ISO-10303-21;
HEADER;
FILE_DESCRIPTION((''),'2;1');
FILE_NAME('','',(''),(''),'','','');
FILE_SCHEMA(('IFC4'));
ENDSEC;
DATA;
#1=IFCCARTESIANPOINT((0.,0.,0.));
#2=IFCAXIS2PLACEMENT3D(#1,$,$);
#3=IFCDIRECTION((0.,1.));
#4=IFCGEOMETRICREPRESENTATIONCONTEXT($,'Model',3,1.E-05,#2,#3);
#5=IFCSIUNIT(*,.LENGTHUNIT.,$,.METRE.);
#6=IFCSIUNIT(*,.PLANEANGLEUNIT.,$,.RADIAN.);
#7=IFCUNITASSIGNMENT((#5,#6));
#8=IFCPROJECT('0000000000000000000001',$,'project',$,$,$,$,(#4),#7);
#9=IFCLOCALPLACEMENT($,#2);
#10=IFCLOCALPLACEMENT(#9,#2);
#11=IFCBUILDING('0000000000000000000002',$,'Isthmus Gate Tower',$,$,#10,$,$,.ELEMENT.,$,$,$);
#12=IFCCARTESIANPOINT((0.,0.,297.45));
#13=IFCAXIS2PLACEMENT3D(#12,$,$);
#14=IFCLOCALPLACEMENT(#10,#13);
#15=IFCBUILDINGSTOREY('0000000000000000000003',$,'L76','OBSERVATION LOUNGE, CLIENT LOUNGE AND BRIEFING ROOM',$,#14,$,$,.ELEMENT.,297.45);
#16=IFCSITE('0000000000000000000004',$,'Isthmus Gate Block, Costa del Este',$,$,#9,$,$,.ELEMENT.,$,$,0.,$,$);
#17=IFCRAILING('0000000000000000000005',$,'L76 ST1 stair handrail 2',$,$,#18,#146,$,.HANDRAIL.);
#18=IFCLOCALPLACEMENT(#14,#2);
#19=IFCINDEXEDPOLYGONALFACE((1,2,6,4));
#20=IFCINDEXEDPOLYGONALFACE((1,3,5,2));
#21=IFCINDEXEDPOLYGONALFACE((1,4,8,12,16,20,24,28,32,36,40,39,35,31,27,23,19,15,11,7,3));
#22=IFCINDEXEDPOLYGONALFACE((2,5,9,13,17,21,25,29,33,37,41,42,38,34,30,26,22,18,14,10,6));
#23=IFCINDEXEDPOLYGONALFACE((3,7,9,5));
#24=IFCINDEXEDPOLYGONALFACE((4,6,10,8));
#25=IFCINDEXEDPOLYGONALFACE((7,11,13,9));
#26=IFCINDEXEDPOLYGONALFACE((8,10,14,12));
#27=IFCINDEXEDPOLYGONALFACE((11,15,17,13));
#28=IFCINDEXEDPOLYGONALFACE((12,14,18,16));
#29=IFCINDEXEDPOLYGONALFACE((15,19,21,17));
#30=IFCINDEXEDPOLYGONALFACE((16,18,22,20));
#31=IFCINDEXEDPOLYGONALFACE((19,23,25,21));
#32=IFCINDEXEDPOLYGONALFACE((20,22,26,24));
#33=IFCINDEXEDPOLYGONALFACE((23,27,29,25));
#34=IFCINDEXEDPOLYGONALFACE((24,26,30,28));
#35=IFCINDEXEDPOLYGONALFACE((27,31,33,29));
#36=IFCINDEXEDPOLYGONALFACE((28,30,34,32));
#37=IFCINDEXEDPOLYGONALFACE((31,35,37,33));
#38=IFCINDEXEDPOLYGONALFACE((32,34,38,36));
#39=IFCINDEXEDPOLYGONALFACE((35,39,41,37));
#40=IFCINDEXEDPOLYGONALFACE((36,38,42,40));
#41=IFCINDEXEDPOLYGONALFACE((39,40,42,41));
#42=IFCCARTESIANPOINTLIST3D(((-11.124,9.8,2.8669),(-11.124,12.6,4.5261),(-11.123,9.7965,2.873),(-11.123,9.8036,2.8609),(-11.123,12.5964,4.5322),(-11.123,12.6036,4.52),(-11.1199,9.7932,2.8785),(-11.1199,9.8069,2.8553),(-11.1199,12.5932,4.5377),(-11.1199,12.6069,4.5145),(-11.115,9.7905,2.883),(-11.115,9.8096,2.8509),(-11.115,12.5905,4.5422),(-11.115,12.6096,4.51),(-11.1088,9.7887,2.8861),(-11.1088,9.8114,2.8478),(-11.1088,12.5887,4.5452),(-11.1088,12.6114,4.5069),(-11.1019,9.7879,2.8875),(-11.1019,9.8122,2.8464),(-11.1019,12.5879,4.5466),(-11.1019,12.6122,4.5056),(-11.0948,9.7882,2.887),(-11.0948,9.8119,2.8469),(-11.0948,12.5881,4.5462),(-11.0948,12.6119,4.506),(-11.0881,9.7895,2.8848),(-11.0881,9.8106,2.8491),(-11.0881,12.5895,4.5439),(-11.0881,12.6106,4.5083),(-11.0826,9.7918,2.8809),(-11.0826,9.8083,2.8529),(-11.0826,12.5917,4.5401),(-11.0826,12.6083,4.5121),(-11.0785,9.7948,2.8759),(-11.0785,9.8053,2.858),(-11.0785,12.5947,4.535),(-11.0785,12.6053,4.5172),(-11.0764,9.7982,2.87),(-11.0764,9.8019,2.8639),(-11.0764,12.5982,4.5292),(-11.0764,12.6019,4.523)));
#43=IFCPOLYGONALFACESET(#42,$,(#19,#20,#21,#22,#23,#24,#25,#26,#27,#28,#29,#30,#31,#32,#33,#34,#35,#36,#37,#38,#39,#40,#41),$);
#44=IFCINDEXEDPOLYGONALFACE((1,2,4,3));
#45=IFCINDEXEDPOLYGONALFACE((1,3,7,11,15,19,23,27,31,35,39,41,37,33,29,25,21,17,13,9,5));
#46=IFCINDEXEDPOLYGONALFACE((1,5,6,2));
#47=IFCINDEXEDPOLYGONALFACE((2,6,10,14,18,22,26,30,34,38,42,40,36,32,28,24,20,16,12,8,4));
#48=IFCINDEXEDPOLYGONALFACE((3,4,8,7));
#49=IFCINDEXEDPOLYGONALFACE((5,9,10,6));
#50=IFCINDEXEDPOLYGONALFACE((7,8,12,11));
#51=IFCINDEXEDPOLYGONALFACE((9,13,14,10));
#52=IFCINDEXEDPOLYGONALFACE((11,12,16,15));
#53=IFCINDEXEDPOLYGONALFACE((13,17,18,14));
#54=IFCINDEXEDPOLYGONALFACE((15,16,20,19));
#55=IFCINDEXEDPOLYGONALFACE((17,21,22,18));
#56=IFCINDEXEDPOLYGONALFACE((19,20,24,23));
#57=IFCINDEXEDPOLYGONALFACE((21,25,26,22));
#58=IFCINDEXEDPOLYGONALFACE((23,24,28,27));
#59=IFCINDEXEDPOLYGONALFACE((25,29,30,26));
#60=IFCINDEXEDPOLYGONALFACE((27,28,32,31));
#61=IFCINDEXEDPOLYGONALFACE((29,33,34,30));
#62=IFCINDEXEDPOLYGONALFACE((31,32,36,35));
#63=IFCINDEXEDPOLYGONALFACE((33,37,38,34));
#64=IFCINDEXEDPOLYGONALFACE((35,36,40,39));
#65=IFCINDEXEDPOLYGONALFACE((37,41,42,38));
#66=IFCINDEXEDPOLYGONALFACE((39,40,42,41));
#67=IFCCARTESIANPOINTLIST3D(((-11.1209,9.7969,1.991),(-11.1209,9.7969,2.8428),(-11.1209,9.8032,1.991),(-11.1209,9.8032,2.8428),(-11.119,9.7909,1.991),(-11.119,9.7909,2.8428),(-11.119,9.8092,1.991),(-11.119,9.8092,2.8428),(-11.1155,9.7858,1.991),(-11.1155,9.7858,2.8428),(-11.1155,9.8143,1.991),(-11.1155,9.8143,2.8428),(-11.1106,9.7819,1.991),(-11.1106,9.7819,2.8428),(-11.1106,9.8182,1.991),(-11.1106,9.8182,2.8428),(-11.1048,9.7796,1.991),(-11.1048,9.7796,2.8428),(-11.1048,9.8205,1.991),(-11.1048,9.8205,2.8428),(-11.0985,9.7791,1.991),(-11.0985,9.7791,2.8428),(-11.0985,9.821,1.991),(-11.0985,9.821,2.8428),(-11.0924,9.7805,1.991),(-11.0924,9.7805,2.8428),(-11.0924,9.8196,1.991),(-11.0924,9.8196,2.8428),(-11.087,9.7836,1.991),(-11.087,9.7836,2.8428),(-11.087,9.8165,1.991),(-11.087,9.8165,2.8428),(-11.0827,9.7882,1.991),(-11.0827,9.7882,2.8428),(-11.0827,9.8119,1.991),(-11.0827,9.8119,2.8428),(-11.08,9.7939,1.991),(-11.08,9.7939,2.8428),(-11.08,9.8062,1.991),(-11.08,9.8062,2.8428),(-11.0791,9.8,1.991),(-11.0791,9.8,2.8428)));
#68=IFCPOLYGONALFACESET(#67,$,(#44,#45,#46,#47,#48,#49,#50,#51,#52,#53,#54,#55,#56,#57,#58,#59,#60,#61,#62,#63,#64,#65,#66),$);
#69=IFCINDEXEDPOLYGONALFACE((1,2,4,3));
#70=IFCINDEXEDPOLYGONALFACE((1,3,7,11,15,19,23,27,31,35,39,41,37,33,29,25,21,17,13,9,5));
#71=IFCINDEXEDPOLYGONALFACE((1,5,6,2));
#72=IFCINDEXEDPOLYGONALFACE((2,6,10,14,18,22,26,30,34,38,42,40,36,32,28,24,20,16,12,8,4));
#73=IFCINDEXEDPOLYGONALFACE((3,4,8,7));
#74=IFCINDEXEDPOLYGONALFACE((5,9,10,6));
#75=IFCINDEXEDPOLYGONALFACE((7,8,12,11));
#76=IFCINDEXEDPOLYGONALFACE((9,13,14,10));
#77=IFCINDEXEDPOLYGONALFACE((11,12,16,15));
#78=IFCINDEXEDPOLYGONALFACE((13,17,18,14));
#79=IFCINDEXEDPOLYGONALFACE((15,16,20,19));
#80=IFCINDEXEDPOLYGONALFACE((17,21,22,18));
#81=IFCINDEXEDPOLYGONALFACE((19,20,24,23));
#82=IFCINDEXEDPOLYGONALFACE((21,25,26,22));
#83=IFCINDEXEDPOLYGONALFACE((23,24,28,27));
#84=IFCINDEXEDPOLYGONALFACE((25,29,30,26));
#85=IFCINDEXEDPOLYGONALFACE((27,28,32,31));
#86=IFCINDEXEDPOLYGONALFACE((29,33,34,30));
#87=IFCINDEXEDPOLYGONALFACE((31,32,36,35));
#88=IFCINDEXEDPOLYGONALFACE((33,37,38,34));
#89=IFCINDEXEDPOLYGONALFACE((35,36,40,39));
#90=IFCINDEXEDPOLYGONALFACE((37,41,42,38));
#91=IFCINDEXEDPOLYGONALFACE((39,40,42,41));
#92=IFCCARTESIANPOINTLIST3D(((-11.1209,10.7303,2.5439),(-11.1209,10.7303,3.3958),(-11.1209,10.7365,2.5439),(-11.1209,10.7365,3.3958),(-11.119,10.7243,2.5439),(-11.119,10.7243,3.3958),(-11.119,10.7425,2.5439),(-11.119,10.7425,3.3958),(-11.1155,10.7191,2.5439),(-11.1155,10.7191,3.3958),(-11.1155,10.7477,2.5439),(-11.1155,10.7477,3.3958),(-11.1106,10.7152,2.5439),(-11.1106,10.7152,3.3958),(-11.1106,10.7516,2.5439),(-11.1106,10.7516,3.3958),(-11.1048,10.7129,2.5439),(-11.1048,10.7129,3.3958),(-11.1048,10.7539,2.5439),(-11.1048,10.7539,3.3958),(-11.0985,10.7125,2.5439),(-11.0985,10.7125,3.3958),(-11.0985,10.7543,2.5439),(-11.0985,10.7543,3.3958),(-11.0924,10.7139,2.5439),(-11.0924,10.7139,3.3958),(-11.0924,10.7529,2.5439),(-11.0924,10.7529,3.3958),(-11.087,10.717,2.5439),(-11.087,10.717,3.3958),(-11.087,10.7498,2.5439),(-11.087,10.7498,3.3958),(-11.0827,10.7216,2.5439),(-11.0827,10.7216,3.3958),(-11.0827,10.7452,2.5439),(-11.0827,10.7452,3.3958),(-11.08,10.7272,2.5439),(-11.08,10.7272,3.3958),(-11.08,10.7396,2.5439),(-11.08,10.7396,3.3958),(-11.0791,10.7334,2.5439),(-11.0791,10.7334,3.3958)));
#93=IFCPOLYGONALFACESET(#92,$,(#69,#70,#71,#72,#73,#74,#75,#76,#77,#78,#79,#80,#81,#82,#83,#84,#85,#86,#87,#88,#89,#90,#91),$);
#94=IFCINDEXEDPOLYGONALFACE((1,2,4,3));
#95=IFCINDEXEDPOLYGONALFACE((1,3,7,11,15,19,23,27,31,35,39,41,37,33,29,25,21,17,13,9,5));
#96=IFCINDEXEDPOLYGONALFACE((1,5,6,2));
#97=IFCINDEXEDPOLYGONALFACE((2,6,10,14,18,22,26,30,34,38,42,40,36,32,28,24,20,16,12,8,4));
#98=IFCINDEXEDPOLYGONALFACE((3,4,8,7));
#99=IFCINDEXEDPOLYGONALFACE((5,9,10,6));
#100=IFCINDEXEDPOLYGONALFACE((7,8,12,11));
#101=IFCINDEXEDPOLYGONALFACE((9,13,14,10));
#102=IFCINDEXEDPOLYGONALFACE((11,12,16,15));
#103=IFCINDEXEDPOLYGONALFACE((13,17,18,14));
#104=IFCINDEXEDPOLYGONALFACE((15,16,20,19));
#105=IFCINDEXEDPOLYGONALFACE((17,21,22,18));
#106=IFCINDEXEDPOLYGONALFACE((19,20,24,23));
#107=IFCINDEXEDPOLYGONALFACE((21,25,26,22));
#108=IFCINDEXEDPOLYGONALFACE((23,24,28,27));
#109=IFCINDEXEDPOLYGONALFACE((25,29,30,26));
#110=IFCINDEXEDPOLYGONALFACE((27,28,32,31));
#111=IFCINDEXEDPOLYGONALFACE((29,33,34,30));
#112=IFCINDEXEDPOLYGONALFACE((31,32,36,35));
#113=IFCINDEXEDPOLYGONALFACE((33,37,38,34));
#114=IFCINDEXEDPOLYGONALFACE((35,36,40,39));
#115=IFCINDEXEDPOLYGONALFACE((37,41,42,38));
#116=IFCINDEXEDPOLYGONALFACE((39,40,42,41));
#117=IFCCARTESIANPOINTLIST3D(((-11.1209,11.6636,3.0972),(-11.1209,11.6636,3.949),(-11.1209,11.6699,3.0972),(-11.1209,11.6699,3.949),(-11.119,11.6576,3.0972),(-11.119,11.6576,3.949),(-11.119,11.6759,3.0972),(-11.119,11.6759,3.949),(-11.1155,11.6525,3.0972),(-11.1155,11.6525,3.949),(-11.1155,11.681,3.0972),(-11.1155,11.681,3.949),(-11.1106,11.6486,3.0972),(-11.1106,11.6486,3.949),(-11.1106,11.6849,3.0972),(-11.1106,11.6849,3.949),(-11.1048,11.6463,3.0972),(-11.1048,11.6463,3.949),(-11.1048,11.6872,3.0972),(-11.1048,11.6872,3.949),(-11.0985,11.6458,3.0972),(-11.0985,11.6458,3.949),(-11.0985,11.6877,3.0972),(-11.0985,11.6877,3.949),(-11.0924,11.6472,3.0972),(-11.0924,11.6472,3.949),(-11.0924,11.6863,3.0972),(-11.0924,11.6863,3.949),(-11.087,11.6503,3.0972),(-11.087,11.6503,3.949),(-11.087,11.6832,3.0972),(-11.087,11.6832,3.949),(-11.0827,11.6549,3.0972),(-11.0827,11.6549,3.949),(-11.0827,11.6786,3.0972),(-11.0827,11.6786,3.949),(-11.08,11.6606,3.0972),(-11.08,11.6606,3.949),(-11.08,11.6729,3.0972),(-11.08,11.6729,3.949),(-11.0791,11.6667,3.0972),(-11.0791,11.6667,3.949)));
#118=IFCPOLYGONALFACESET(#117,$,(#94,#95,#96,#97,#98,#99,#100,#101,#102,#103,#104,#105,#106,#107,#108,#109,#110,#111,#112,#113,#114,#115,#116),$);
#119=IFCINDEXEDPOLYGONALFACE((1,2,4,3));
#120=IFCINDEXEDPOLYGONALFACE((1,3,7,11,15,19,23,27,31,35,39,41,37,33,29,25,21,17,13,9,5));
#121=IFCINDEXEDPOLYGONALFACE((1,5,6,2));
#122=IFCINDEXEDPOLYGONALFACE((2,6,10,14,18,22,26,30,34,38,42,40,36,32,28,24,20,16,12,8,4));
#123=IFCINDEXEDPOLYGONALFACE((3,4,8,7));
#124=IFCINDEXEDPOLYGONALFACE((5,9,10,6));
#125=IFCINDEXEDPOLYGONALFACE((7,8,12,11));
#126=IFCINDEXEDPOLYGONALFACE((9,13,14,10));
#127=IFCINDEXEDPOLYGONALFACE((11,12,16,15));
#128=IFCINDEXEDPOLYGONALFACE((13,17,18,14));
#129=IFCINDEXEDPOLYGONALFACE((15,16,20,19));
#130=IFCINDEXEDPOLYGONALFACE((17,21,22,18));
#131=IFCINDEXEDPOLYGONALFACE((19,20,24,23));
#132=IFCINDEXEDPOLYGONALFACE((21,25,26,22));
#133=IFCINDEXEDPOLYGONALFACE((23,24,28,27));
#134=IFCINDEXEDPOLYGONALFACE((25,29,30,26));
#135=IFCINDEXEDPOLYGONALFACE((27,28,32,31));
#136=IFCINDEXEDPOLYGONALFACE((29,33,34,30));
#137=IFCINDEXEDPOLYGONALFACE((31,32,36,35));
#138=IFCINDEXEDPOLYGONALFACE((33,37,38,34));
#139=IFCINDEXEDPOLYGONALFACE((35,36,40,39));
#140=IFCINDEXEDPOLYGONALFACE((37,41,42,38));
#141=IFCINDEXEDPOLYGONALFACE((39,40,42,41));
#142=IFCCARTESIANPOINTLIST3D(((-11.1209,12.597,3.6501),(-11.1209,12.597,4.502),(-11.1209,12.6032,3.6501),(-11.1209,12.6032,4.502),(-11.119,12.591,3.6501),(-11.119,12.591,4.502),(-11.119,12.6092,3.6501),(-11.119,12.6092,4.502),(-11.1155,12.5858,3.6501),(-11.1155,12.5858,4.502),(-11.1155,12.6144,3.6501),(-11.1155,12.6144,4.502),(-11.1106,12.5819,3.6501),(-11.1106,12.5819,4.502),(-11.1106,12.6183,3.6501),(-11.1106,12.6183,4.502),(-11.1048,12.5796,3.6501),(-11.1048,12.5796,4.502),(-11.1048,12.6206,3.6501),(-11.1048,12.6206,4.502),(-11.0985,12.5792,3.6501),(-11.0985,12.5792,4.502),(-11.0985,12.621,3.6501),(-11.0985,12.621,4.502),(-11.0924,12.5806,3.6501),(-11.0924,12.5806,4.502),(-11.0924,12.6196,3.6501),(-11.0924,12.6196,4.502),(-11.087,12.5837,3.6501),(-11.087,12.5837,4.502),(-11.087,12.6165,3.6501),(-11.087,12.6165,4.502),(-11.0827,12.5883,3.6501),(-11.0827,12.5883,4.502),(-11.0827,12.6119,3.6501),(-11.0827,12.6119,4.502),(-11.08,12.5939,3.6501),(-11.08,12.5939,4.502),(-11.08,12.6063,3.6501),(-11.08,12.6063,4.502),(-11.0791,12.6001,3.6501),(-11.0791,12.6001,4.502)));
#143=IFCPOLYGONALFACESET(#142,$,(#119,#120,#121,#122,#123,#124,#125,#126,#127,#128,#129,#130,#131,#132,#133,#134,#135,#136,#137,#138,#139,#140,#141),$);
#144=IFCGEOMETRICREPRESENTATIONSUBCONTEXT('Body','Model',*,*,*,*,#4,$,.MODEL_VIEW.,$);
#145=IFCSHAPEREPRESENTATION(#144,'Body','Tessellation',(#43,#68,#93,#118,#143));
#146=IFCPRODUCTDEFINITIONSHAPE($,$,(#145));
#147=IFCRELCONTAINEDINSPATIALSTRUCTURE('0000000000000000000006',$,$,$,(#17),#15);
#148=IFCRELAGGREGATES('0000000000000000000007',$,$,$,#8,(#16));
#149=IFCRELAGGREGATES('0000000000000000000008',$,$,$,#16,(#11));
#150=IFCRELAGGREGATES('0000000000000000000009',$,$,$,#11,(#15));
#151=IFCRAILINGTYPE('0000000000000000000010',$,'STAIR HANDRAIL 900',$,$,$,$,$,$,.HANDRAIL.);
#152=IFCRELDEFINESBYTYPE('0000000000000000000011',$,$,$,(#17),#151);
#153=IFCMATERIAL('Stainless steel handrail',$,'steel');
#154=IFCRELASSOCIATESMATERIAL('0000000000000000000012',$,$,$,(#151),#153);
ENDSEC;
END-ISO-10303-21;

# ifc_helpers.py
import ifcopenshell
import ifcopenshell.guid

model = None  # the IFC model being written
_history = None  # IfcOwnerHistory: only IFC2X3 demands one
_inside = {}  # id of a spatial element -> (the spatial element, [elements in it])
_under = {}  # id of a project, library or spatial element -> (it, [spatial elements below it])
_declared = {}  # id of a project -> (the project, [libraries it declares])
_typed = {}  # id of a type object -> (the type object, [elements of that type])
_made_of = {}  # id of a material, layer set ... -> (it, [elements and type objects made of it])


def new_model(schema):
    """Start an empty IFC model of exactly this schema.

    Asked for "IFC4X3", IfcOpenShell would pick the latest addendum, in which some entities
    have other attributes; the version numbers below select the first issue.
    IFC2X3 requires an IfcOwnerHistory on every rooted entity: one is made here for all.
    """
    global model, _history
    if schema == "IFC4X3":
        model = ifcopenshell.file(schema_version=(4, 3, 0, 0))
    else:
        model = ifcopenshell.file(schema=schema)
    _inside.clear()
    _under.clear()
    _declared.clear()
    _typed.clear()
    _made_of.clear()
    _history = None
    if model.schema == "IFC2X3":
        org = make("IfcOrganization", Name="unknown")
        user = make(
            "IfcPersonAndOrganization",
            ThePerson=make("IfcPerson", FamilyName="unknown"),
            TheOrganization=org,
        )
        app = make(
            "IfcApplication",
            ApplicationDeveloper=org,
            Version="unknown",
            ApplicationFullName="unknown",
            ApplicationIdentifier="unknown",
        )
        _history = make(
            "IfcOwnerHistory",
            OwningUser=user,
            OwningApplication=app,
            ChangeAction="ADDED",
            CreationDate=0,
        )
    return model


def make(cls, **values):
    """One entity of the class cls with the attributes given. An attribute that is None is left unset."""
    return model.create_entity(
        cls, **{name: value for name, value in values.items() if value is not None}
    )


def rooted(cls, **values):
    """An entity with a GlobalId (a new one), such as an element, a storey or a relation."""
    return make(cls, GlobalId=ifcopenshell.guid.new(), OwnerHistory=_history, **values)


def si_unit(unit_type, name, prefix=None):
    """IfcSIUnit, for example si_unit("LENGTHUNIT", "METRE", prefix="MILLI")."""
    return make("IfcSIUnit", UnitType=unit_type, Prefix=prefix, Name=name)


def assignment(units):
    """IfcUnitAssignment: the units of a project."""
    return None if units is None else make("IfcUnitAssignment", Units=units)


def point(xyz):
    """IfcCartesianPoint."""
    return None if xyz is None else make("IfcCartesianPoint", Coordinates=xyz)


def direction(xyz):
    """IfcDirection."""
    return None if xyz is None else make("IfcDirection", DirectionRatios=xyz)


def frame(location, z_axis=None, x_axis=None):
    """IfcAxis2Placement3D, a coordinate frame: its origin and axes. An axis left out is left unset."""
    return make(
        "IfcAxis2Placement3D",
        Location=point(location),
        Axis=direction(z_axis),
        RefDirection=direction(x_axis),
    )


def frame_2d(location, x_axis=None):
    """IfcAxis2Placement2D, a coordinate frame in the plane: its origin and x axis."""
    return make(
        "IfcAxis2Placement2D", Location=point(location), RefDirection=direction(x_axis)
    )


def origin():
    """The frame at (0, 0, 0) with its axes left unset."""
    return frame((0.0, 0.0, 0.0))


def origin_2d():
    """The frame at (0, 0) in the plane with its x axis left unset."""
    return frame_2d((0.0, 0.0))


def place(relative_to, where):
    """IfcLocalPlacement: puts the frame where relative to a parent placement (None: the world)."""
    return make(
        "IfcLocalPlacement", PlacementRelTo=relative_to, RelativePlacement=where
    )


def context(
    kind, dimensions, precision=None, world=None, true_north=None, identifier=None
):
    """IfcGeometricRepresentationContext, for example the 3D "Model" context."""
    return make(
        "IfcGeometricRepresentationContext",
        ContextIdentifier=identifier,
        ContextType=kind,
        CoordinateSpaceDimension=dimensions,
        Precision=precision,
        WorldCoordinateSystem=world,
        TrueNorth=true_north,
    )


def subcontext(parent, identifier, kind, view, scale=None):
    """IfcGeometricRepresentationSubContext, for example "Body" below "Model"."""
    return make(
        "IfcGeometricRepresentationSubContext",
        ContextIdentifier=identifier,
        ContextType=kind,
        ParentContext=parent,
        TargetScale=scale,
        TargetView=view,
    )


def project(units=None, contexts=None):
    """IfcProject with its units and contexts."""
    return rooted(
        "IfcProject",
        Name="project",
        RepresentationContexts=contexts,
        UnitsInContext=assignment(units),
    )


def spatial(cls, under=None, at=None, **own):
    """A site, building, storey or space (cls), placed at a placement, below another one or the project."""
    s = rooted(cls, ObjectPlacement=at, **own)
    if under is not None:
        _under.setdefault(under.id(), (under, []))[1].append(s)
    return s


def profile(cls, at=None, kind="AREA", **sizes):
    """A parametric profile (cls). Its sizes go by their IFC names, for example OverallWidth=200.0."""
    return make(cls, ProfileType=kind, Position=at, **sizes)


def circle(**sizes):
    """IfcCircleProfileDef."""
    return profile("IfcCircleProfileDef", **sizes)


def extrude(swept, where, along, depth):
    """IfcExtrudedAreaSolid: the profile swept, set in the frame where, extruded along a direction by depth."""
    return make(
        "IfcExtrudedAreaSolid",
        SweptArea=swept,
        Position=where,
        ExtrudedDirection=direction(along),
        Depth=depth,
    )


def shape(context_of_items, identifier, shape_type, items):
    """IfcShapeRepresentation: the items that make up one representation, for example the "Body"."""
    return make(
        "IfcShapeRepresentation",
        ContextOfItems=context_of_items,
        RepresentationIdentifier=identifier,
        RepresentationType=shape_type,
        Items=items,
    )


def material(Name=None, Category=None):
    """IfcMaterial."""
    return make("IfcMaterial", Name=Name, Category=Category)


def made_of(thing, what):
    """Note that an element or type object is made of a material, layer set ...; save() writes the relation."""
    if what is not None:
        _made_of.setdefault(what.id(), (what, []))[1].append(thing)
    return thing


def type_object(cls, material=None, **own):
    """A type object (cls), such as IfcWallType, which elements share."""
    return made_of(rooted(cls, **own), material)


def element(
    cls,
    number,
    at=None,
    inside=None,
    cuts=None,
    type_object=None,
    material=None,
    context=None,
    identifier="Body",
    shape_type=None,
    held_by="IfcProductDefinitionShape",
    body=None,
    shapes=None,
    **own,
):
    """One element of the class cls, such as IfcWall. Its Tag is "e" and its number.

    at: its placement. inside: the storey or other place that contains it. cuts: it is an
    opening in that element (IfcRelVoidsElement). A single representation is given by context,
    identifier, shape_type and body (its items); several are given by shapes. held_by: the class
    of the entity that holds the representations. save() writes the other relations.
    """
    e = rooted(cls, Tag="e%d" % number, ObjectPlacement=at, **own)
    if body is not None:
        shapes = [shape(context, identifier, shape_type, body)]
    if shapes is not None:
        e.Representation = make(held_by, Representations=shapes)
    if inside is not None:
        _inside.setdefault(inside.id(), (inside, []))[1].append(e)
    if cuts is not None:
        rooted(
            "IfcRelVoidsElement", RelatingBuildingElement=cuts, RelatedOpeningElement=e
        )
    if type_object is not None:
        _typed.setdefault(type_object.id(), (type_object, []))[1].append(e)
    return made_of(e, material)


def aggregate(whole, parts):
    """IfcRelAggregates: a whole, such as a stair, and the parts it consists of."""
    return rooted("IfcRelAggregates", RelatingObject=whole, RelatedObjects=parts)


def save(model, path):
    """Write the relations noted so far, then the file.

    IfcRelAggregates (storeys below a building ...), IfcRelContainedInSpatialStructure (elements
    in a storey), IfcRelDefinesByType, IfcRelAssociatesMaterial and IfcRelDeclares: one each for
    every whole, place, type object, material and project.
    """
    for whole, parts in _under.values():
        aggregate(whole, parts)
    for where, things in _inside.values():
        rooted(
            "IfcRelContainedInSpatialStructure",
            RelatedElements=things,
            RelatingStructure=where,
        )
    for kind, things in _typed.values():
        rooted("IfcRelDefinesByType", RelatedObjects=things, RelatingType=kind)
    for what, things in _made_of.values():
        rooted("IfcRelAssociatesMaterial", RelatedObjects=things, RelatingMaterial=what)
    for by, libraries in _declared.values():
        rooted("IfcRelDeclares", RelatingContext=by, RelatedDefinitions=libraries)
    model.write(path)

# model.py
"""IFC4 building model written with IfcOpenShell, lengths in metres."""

from ifc_helpers import new_model, si_unit, direction, frame, origin, origin_2d, place, context, subcontext, project, spatial, circle, extrude, material, type_object, element, save


model = new_model("IFC4")

# Units and contexts
model_context = context("Model", 3, precision=1e-05, world=origin(), true_north=direction((0.0, 1.0)))
body_context = subcontext(model_context, "Body", "Model", "MODEL_VIEW")
ifc_project = project(units=[si_unit("LENGTHUNIT", "METRE"), si_unit("PLANEANGLEUNIT", "RADIAN")], contexts=[model_context])

# Site, building, storey
site_placement = place(None, origin())
site = spatial("IfcSite", under=ifc_project, at=site_placement, Name="Isthmus Gate Block, Costa del Este", CompositionType="ELEMENT", RefElevation=0.0)
building_placement = place(site_placement, origin())
building = spatial("IfcBuilding", under=site, at=building_placement, Name="Isthmus Gate Tower", CompositionType="ELEMENT")
storey_placement = place(building_placement, frame((0.0, 0.0, 297.45)))
storey = spatial("IfcBuildingStorey", under=building, at=storey_placement, Name="L76", Description="OBSERVATION LOUNGE, CLIENT LOUNGE AND BRIEFING ROOM", CompositionType="ELEMENT", Elevation=297.45)

# Railing
ifc_material_1 = material(Name="Stainless steel handrail", Category="steel")
railing_type_1 = type_object("IfcRailingType", Name="STAIR HANDRAIL 900", PredefinedType="HANDRAIL", material=ifc_material_1)
railing_1_placement = place(storey_placement, frame((-11.1001, 9.8, 1.991)))
element("IfcRailing", 1, at=railing_1_placement, inside=storey, type_object=railing_type_1, Name="L76 ST1 stair handrail 2", PredefinedType="HANDRAIL", context=body_context, shape_type="SweptSolid", body=[
    extrude(circle(Radius=0.0239, at=origin_2d()), frame((0.0, 0.0, 0.876), z_axis=(0.0, 0.860306, 0.509778), x_axis=(-1.0, 0.0, 0.0)), (0.0, 0.0, 1.0), 3.2546),
    extrude(circle(Radius=0.021, at=origin_2d()), origin(), (0.0, 0.0, 1.0), 0.8518),
    extrude(circle(Radius=0.021, at=origin_2d()), frame((0.0, 0.9333, 0.553)), (0.0, 0.0, 1.0), 0.8518),
    extrude(circle(Radius=0.021, at=origin_2d()), frame((0.0, 1.8667, 1.1062)), (0.0, 0.0, 1.0), 0.8518),
    extrude(circle(Radius=0.021, at=origin_2d()), frame((0.0, 2.8, 1.6592)), (0.0, 0.0, 1.0), 0.8518),
])

save(model, "model.ifc")
